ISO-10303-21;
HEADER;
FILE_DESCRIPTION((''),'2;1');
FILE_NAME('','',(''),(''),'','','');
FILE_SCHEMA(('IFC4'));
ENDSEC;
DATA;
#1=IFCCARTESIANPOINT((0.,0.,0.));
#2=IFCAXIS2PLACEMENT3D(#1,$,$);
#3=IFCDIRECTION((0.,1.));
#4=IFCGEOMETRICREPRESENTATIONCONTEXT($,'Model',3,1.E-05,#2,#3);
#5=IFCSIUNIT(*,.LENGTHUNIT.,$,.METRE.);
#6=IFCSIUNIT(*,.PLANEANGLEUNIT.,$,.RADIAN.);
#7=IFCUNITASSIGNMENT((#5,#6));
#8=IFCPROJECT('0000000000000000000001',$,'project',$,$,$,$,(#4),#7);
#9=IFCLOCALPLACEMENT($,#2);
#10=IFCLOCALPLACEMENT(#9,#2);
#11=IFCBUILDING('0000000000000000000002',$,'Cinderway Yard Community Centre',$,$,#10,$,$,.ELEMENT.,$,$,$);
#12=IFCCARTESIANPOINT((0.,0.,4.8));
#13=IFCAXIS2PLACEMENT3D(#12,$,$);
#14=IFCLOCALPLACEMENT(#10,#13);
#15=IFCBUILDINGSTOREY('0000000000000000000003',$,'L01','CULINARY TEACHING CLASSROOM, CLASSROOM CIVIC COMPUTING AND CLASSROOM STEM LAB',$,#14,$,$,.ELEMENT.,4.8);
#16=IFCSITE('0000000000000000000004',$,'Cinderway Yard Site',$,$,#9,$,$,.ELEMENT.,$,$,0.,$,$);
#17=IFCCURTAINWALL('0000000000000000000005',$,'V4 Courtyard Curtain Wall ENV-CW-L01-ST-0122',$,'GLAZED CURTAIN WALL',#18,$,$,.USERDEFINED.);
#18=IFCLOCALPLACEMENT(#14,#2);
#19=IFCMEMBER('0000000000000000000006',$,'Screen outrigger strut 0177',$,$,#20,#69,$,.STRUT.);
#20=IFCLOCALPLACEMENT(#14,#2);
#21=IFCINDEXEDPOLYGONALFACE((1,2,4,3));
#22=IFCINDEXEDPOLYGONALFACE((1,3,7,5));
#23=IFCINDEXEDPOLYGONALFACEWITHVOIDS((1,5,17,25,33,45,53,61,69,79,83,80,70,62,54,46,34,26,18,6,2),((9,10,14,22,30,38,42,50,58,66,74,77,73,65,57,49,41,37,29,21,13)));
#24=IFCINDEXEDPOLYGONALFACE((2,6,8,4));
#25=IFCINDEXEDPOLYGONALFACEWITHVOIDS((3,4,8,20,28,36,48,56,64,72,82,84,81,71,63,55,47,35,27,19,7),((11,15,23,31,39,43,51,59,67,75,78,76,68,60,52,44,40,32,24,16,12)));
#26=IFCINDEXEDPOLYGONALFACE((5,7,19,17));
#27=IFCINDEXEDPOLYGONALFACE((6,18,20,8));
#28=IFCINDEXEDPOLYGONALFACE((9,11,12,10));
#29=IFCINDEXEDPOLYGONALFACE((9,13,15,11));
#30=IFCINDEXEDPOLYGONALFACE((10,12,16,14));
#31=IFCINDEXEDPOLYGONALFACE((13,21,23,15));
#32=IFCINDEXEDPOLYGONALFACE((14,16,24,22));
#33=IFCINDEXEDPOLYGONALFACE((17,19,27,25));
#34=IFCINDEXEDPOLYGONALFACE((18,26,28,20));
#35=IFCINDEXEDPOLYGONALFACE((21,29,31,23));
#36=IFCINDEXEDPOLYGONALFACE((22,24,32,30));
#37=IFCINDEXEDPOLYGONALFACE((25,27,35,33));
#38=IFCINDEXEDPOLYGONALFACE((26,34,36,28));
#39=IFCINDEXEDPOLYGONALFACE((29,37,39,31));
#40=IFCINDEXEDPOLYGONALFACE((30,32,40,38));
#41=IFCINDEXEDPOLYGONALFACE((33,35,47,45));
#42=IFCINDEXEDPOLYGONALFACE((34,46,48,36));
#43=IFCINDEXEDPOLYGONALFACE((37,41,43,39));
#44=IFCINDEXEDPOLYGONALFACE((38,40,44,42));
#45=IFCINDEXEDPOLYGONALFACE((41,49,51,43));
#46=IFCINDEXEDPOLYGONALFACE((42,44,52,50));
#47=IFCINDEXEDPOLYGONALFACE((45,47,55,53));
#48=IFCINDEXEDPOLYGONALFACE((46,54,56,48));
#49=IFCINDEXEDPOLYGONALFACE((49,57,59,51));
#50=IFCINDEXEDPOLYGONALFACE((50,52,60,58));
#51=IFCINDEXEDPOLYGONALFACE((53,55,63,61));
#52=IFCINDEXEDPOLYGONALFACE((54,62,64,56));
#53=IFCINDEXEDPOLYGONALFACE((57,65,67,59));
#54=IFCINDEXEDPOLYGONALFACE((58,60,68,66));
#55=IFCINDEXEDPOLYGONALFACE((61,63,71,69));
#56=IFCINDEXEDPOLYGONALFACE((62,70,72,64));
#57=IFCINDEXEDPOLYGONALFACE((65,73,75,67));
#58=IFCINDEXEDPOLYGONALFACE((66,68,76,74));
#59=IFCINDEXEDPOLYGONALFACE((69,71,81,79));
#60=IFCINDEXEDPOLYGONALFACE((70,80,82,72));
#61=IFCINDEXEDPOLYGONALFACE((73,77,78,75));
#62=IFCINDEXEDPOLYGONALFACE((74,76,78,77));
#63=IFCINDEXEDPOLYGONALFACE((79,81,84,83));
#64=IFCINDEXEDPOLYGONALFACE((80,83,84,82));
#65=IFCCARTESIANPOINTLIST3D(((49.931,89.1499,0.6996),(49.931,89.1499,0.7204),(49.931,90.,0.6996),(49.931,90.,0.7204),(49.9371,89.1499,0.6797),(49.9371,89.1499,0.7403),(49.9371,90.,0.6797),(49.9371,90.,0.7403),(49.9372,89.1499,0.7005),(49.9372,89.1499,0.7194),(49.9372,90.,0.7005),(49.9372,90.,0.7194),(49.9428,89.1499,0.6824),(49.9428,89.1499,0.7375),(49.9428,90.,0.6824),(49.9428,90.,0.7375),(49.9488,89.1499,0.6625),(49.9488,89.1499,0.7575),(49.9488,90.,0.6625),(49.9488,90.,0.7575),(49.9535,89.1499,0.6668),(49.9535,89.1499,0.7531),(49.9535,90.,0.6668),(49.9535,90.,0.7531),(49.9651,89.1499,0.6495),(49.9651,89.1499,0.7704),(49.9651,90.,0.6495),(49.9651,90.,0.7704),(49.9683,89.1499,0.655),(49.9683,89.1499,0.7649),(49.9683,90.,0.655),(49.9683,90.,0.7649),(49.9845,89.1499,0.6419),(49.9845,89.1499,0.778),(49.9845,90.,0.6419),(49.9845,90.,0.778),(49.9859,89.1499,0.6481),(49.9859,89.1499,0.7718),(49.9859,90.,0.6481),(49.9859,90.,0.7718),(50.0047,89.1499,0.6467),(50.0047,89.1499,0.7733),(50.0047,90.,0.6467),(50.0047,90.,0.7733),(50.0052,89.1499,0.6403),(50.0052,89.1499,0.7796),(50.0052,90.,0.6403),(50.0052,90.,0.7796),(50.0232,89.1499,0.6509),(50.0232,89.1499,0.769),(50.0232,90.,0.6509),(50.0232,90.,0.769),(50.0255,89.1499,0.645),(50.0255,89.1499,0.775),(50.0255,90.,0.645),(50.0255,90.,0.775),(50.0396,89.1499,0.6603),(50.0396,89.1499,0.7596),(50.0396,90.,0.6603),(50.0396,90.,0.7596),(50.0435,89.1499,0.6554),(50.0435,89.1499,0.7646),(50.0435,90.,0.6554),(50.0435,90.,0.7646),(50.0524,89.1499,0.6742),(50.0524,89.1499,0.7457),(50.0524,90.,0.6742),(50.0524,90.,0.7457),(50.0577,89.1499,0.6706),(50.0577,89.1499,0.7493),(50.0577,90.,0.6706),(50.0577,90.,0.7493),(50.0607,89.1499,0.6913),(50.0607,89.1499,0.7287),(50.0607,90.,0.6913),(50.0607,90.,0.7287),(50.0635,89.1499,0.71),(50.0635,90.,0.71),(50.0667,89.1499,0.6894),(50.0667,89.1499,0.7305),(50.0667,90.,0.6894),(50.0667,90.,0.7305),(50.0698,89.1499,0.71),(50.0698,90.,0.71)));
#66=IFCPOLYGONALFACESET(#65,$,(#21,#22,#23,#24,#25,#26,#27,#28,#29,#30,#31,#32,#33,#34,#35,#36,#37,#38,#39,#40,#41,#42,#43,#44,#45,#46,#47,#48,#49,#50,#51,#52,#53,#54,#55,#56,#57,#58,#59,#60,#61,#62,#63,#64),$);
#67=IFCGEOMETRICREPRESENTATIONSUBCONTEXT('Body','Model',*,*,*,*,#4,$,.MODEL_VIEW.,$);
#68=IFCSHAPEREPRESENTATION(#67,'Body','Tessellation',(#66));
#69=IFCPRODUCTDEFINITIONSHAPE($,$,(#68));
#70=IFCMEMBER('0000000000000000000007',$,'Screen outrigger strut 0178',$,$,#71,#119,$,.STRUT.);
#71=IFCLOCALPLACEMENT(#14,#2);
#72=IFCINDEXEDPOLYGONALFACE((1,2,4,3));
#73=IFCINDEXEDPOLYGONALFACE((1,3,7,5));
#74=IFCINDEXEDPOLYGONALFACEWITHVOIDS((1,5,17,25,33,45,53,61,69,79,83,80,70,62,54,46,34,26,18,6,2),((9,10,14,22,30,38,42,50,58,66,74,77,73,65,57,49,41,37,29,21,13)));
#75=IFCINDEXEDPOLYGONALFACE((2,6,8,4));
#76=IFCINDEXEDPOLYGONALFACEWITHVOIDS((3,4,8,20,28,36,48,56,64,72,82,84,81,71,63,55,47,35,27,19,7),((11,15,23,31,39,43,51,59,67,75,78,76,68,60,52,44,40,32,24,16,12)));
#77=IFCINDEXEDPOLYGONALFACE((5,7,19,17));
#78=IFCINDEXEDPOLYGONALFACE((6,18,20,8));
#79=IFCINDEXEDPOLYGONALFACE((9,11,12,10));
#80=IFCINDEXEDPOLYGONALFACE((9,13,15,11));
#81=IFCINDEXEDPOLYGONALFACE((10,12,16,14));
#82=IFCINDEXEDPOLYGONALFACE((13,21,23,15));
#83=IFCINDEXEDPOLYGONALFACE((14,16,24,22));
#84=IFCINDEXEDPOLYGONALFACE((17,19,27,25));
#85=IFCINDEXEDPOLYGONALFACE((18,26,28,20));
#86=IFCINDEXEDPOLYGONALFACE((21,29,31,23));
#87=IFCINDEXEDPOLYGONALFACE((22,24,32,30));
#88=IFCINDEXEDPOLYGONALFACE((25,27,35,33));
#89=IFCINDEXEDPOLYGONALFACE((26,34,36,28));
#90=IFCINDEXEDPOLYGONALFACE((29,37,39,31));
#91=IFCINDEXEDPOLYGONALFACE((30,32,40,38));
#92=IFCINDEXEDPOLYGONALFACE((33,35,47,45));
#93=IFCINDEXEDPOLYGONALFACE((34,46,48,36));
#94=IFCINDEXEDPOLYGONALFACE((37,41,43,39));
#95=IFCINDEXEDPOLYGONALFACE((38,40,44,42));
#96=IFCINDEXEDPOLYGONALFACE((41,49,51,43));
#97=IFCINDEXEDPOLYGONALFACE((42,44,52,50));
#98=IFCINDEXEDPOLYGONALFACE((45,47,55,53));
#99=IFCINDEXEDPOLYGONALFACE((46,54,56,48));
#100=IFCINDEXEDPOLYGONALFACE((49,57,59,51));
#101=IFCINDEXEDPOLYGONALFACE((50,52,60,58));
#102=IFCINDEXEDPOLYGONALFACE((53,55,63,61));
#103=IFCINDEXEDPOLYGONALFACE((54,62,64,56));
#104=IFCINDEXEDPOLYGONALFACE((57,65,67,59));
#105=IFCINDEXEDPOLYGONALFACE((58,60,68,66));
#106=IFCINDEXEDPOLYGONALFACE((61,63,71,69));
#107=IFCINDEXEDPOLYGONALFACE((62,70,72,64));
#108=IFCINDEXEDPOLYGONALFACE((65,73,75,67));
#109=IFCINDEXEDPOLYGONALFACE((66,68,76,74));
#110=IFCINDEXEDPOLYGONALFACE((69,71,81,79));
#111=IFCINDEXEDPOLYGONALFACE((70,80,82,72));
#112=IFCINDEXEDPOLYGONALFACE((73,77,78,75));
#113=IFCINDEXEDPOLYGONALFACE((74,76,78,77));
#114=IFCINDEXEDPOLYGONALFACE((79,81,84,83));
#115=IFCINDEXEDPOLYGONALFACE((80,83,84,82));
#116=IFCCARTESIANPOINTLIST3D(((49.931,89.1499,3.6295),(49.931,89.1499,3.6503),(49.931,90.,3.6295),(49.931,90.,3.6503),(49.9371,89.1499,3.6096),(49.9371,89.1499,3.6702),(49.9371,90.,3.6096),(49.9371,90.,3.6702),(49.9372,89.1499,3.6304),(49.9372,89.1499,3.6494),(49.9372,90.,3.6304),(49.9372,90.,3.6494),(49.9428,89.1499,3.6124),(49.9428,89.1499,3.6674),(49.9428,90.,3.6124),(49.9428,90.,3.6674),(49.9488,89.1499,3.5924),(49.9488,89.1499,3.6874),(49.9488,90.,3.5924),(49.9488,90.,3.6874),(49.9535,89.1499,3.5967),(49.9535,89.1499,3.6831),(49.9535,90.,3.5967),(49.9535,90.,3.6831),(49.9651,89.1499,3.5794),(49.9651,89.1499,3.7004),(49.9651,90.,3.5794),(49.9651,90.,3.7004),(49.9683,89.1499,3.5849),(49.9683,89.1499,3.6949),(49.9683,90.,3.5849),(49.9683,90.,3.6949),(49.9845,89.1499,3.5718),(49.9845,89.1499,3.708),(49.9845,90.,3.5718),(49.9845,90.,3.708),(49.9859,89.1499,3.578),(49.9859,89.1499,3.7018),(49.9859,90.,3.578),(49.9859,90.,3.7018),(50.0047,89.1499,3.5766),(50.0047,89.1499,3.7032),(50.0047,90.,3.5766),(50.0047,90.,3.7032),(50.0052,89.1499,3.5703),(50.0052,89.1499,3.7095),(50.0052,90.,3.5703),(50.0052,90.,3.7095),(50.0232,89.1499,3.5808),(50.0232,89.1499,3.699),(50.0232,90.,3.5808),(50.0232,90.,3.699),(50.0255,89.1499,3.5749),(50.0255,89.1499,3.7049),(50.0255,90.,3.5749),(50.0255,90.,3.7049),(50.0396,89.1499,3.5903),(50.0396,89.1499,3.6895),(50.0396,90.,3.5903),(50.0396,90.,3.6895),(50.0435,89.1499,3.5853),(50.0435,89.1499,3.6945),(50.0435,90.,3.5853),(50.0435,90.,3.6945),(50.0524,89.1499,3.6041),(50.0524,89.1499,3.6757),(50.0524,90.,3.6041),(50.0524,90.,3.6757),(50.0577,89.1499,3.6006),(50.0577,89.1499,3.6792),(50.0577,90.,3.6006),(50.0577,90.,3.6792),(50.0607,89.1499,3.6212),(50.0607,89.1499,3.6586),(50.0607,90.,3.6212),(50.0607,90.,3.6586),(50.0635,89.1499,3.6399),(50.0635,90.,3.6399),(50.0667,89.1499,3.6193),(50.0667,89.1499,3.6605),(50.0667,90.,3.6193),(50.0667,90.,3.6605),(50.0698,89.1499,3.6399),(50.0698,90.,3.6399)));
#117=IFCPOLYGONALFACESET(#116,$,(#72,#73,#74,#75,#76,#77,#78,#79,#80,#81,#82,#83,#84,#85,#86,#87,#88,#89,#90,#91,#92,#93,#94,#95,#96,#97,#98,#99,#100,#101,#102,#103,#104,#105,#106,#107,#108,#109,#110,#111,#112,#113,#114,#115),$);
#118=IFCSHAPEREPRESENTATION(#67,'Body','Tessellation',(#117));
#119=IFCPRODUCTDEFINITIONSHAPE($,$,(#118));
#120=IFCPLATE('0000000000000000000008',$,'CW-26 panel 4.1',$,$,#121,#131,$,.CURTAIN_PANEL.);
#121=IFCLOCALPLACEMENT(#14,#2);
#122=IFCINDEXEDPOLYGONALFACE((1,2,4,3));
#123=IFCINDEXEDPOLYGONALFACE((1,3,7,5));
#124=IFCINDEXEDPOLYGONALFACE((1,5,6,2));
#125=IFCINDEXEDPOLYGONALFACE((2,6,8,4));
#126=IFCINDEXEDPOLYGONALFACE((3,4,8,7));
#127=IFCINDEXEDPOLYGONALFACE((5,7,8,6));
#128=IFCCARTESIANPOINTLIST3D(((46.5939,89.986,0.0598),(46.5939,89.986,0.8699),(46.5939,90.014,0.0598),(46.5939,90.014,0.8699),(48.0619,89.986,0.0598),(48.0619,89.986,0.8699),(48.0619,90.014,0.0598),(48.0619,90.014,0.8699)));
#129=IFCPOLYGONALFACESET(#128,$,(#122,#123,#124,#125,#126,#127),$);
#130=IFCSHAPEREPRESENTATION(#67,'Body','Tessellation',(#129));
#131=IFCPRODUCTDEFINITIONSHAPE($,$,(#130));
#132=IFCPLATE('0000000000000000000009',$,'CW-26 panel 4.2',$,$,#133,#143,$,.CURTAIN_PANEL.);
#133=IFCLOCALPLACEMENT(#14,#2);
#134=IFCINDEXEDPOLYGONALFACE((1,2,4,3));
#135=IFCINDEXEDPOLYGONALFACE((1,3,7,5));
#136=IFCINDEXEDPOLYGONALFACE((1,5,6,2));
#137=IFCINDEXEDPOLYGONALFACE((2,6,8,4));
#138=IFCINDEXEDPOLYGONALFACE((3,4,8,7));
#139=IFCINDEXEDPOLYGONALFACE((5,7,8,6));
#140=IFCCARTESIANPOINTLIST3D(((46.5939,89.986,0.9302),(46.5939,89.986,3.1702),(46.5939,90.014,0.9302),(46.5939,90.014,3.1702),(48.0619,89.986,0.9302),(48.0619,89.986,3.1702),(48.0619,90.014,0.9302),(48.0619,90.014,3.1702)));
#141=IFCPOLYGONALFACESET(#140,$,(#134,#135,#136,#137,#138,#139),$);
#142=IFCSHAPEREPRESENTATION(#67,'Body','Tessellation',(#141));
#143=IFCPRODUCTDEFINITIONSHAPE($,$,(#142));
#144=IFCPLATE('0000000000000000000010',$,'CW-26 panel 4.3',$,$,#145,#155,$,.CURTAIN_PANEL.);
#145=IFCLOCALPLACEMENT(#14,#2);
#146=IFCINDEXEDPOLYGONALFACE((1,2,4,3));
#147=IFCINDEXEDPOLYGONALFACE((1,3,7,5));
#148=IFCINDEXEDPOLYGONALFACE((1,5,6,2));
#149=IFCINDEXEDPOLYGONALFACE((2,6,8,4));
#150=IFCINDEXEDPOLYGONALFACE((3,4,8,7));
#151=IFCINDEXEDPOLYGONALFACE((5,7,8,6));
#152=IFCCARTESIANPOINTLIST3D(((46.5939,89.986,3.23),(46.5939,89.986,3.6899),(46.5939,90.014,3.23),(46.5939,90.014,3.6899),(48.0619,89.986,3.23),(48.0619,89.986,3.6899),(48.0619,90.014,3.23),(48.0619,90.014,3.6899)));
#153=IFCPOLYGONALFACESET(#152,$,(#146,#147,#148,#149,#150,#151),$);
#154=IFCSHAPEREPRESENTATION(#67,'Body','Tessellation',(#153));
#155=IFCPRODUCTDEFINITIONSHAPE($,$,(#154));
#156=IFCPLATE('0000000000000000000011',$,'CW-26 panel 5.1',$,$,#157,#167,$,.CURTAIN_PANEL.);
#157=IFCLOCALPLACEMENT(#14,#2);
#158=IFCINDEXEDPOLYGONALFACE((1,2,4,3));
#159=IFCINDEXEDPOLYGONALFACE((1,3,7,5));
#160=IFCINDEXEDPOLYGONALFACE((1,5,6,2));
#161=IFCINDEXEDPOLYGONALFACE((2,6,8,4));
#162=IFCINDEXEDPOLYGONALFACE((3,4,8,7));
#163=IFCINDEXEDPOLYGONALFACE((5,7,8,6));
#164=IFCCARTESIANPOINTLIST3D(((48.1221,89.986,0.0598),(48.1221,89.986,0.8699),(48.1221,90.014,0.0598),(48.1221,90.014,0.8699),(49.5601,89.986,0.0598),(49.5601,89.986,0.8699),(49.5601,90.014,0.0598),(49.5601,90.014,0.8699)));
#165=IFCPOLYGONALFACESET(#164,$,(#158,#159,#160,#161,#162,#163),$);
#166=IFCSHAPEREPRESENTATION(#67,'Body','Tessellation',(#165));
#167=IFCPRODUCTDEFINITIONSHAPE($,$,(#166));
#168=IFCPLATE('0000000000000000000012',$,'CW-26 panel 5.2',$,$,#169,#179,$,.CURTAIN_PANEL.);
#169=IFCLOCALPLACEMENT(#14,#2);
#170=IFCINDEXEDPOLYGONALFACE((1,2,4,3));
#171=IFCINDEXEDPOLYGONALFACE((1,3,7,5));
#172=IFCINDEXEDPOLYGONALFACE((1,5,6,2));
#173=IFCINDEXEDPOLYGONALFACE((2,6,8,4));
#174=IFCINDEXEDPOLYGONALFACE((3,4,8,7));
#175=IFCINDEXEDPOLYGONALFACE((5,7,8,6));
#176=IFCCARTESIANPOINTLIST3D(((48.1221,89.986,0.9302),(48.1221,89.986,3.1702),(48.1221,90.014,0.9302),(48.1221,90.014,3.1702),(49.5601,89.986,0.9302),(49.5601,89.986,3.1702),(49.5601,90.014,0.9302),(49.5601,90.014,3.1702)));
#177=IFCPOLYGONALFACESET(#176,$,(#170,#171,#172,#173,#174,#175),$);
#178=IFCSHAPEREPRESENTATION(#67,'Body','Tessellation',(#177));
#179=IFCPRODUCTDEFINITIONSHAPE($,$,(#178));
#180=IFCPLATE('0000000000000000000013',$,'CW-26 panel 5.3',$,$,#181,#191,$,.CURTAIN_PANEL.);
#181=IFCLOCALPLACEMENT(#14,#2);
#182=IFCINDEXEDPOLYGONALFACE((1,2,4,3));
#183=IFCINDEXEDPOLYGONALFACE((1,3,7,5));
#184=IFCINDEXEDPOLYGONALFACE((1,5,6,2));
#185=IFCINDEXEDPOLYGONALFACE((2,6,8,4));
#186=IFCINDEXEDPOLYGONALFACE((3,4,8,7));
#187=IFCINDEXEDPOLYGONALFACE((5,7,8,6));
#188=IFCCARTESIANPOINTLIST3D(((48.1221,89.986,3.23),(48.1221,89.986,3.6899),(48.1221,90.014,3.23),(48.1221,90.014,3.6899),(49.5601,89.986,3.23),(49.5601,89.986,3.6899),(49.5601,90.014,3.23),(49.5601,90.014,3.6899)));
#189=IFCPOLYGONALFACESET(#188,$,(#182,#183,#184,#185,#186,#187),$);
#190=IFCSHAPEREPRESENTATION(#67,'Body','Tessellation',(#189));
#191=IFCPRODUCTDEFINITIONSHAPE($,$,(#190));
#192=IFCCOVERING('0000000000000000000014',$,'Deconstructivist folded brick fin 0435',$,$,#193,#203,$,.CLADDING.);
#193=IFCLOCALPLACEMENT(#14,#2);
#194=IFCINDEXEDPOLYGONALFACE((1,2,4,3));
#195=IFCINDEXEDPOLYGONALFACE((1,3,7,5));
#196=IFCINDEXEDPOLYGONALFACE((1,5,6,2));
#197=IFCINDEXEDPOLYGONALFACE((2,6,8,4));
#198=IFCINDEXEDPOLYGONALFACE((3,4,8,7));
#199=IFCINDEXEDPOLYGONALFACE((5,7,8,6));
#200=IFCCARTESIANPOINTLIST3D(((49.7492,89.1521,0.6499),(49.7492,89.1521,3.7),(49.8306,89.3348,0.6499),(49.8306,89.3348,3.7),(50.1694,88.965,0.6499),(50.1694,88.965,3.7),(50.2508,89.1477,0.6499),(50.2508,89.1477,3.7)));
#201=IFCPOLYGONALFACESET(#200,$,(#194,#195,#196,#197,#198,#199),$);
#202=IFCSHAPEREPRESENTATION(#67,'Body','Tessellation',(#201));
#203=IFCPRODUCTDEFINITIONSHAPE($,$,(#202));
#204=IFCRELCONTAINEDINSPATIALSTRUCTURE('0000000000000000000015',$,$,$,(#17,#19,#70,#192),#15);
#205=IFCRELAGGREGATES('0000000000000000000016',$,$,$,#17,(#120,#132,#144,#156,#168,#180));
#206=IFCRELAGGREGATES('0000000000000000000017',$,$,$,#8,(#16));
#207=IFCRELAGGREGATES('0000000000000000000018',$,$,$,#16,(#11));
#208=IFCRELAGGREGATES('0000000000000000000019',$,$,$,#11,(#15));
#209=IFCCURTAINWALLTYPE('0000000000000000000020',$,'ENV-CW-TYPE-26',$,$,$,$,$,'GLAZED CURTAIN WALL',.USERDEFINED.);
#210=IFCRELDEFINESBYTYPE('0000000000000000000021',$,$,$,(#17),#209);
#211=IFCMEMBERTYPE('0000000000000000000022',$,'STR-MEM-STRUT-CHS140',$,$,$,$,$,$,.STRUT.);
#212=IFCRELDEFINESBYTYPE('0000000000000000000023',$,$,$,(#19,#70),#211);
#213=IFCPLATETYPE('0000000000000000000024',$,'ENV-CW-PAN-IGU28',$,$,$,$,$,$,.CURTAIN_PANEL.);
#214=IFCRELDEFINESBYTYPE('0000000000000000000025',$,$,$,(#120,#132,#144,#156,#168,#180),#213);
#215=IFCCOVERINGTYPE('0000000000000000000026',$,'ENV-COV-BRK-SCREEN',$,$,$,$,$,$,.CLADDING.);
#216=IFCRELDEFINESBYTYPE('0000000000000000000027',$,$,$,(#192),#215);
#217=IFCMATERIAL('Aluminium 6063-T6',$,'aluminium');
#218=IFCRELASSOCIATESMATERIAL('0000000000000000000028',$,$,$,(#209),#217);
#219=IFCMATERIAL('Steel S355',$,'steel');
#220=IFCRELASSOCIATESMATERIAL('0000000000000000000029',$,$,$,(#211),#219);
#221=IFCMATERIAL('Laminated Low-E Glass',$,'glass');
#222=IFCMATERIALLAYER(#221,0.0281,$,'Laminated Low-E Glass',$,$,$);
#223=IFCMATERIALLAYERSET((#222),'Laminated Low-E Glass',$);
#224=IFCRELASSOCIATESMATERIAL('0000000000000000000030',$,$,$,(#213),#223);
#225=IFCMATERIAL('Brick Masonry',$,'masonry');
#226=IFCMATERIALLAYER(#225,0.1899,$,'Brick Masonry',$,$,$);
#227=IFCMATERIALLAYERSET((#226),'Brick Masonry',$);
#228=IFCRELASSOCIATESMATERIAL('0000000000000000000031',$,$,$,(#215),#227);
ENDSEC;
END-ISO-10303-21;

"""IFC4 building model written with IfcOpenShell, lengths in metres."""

from ifc_helpers import new_model, si_unit, direction, frame, origin, origin_2d, place, context, subcontext, project, spatial, rectangle, hollow_circle, extrude, material, layer, layer_set, material_profile, profile_set, type_object, element, aggregate, save


model = new_model("IFC4")

# Units and contexts
model_context = context("Model", 3, precision=1e-05, world=origin(), true_north=direction((0.0, 1.0)))
body_context = subcontext(model_context, "Body", "Model", "MODEL_VIEW")
ifc_project = project(units=[si_unit("LENGTHUNIT", "METRE"), si_unit("PLANEANGLEUNIT", "RADIAN")], contexts=[model_context])

# Site, building, storey
site_placement = place(None, origin())
site = spatial("IfcSite", under=ifc_project, at=site_placement, Name="Cinderway Yard Site", CompositionType="ELEMENT", RefElevation=0.0)
building_placement = place(site_placement, origin())
building = spatial("IfcBuilding", under=site, at=building_placement, Name="Cinderway Yard Community Centre", CompositionType="ELEMENT")
storey_placement = place(building_placement, frame((0.0, 0.0, 4.8)))
storey = spatial("IfcBuildingStorey", under=building, at=storey_placement, Name="L01", Description="CULINARY TEACHING CLASSROOM, CLASSROOM CIVIC COMPUTING AND CLASSROOM STEM LAB", CompositionType="ELEMENT", Elevation=4.8)

# Curtain wall
ifc_material_1 = material(Name="Aluminium 6063-T6", Category="aluminium")
curtain_wall_type = type_object("IfcCurtainWallType", Name="ENV-CW-TYPE-26", ElementType="GLAZED CURTAIN WALL", PredefinedType="USERDEFINED", material=ifc_material_1)
curtain_wall_1_placement = place(storey_placement, origin())
curtain_wall_1 = element("IfcCurtainWall", 1, at=curtain_wall_1_placement, inside=storey, type_object=curtain_wall_type, Name="V4 Courtyard Curtain Wall ENV-CW-L01-ST-0122", ObjectType="GLAZED CURTAIN WALL", PredefinedType="USERDEFINED")

# Shared definitions
ifc_material_2 = material(Name="Steel S355", Category="steel")

# Members
ifc_material_profile_1 = material_profile(ifc_material_2, hollow_circle(Radius=0.0698, WallThickness=0.0063, at=origin_2d()), Name="Steel S355")
ifc_profile_set_1 = profile_set([ifc_material_profile_1], Name="Steel S355")
member_type_1 = type_object("IfcMemberType", Name="STR-MEM-STRUT-CHS140", PredefinedType="STRUT", material=ifc_profile_set_1)
for number, where, z_axis, x_axis, name in (
    (2, (50.0, 90.0, 0.71), (0.0, -1.0, 0.0), (1.0, 0.0, 0.0), "Screen outrigger strut 0177"),
    (3, (50.0, 90.0, 3.6399), (0.0, -1.0, 0.0), (1.0, 0.0, 0.0), "Screen outrigger strut 0178"),
):
    element("IfcMember", number, at=place(storey_placement, frame(where, z_axis=z_axis, x_axis=x_axis)), inside=storey, type_object=member_type_1, Name=name, PredefinedType="STRUT", context=body_context, shape_type="SweptSolid", body=[
        extrude(hollow_circle(Radius=0.0698, WallThickness=0.0063, at=origin_2d()), origin(), (0.0, 0.0, 1.0), 0.8501),
    ])

# Plates
ifc_material_3 = material(Name="Laminated Low-E Glass", Category="glass")
ifc_layer_1 = layer(ifc_material_3, 0.0281, Name="Laminated Low-E Glass")
ifc_layer_set_1 = layer_set([ifc_layer_1], Name="Laminated Low-E Glass")
plate_type = type_object("IfcPlateType", Name="ENV-CW-PAN-IGU28", PredefinedType="CURTAIN_PANEL", material=ifc_layer_set_1)
plate_1_placement = place(storey_placement, frame((47.3279, 90.0, 0.0598), z_axis=(0.0, 0.0, 1.0), x_axis=(1.0, 0.0, 0.0)))
plate_1 = element("IfcPlate", 4, at=plate_1_placement, type_object=plate_type, Name="CW-26 panel 4.1", PredefinedType="CURTAIN_PANEL", context=body_context, shape_type="SweptSolid", body=[
    extrude(rectangle(XDim=1.468, YDim=0.0281, at=origin_2d()), origin(), (0.0, 0.0, 1.0), 0.8101),
])
plate_2_placement = place(storey_placement, frame((47.3279, 90.0, 0.9302), z_axis=(0.0, 0.0, 1.0), x_axis=(1.0, 0.0, 0.0)))
plate_2 = element("IfcPlate", 5, at=plate_2_placement, type_object=plate_type, Name="CW-26 panel 4.2", PredefinedType="CURTAIN_PANEL", context=body_context, shape_type="SweptSolid", body=[
    extrude(rectangle(XDim=1.468, YDim=0.0281, at=origin_2d()), origin(), (0.0, 0.0, 1.0), 2.24),
])
plate_3_placement = place(storey_placement, frame((47.3279, 90.0, 3.23), z_axis=(0.0, 0.0, 1.0), x_axis=(1.0, 0.0, 0.0)))
plate_3 = element("IfcPlate", 6, at=plate_3_placement, type_object=plate_type, Name="CW-26 panel 4.3", PredefinedType="CURTAIN_PANEL", context=body_context, shape_type="SweptSolid", body=[
    extrude(rectangle(XDim=1.468, YDim=0.0281, at=origin_2d()), origin(), (0.0, 0.0, 1.0), 0.46),
])
plate_4_placement = place(storey_placement, frame((48.8411, 90.0, 0.0598), z_axis=(0.0, 0.0, 1.0), x_axis=(1.0, 0.0, 0.0)))
plate_4 = element("IfcPlate", 7, at=plate_4_placement, type_object=plate_type, Name="CW-26 panel 5.1", PredefinedType="CURTAIN_PANEL", context=body_context, shape_type="SweptSolid", body=[
    extrude(rectangle(XDim=1.438, YDim=0.0281, at=origin_2d()), origin(), (0.0, 0.0, 1.0), 0.8101),
])
plate_5_placement = place(storey_placement, frame((48.8411, 90.0, 0.9302), z_axis=(0.0, 0.0, 1.0), x_axis=(1.0, 0.0, 0.0)))
plate_5 = element("IfcPlate", 8, at=plate_5_placement, type_object=plate_type, Name="CW-26 panel 5.2", PredefinedType="CURTAIN_PANEL", context=body_context, shape_type="SweptSolid", body=[
    extrude(rectangle(XDim=1.438, YDim=0.0281, at=origin_2d()), origin(), (0.0, 0.0, 1.0), 2.24),
])
plate_6_placement = place(storey_placement, frame((48.8411, 90.0, 3.23), z_axis=(0.0, 0.0, 1.0), x_axis=(1.0, 0.0, 0.0)))
plate_6 = element("IfcPlate", 9, at=plate_6_placement, type_object=plate_type, Name="CW-26 panel 5.3", PredefinedType="CURTAIN_PANEL", context=body_context, shape_type="SweptSolid", body=[
    extrude(rectangle(XDim=1.438, YDim=0.0281, at=origin_2d()), origin(), (0.0, 0.0, 1.0), 0.46),
])
aggregate(curtain_wall_1, [plate_1, plate_2, plate_3, plate_4, plate_5, plate_6])

# Covering
ifc_material_4 = material(Name="Brick Masonry", Category="masonry")
ifc_layer_2 = layer(ifc_material_4, 0.1899, Name="Brick Masonry")
ifc_layer_set_2 = layer_set([ifc_layer_2], Name="Brick Masonry")
covering_type = type_object("IfcCoveringType", Name="ENV-COV-BRK-SCREEN", PredefinedType="CLADDING", material=ifc_layer_set_2)
covering_placement = place(storey_placement, frame((50.0, 89.1499, 0.6499), z_axis=(0.0, 0.0, 1.0), x_axis=(-0.913545, 0.406737, 0.0)))
element("IfcCovering", 10, at=covering_placement, inside=storey, type_object=covering_type, Name="Deconstructivist folded brick fin 0435", PredefinedType="CLADDING", context=body_context, shape_type="SweptSolid", body=[
    extrude(rectangle(XDim=0.46, YDim=0.2, at=origin_2d()), origin(), (0.0, 0.0, 1.0), 3.05),
])

save(model, "model.ifc")
